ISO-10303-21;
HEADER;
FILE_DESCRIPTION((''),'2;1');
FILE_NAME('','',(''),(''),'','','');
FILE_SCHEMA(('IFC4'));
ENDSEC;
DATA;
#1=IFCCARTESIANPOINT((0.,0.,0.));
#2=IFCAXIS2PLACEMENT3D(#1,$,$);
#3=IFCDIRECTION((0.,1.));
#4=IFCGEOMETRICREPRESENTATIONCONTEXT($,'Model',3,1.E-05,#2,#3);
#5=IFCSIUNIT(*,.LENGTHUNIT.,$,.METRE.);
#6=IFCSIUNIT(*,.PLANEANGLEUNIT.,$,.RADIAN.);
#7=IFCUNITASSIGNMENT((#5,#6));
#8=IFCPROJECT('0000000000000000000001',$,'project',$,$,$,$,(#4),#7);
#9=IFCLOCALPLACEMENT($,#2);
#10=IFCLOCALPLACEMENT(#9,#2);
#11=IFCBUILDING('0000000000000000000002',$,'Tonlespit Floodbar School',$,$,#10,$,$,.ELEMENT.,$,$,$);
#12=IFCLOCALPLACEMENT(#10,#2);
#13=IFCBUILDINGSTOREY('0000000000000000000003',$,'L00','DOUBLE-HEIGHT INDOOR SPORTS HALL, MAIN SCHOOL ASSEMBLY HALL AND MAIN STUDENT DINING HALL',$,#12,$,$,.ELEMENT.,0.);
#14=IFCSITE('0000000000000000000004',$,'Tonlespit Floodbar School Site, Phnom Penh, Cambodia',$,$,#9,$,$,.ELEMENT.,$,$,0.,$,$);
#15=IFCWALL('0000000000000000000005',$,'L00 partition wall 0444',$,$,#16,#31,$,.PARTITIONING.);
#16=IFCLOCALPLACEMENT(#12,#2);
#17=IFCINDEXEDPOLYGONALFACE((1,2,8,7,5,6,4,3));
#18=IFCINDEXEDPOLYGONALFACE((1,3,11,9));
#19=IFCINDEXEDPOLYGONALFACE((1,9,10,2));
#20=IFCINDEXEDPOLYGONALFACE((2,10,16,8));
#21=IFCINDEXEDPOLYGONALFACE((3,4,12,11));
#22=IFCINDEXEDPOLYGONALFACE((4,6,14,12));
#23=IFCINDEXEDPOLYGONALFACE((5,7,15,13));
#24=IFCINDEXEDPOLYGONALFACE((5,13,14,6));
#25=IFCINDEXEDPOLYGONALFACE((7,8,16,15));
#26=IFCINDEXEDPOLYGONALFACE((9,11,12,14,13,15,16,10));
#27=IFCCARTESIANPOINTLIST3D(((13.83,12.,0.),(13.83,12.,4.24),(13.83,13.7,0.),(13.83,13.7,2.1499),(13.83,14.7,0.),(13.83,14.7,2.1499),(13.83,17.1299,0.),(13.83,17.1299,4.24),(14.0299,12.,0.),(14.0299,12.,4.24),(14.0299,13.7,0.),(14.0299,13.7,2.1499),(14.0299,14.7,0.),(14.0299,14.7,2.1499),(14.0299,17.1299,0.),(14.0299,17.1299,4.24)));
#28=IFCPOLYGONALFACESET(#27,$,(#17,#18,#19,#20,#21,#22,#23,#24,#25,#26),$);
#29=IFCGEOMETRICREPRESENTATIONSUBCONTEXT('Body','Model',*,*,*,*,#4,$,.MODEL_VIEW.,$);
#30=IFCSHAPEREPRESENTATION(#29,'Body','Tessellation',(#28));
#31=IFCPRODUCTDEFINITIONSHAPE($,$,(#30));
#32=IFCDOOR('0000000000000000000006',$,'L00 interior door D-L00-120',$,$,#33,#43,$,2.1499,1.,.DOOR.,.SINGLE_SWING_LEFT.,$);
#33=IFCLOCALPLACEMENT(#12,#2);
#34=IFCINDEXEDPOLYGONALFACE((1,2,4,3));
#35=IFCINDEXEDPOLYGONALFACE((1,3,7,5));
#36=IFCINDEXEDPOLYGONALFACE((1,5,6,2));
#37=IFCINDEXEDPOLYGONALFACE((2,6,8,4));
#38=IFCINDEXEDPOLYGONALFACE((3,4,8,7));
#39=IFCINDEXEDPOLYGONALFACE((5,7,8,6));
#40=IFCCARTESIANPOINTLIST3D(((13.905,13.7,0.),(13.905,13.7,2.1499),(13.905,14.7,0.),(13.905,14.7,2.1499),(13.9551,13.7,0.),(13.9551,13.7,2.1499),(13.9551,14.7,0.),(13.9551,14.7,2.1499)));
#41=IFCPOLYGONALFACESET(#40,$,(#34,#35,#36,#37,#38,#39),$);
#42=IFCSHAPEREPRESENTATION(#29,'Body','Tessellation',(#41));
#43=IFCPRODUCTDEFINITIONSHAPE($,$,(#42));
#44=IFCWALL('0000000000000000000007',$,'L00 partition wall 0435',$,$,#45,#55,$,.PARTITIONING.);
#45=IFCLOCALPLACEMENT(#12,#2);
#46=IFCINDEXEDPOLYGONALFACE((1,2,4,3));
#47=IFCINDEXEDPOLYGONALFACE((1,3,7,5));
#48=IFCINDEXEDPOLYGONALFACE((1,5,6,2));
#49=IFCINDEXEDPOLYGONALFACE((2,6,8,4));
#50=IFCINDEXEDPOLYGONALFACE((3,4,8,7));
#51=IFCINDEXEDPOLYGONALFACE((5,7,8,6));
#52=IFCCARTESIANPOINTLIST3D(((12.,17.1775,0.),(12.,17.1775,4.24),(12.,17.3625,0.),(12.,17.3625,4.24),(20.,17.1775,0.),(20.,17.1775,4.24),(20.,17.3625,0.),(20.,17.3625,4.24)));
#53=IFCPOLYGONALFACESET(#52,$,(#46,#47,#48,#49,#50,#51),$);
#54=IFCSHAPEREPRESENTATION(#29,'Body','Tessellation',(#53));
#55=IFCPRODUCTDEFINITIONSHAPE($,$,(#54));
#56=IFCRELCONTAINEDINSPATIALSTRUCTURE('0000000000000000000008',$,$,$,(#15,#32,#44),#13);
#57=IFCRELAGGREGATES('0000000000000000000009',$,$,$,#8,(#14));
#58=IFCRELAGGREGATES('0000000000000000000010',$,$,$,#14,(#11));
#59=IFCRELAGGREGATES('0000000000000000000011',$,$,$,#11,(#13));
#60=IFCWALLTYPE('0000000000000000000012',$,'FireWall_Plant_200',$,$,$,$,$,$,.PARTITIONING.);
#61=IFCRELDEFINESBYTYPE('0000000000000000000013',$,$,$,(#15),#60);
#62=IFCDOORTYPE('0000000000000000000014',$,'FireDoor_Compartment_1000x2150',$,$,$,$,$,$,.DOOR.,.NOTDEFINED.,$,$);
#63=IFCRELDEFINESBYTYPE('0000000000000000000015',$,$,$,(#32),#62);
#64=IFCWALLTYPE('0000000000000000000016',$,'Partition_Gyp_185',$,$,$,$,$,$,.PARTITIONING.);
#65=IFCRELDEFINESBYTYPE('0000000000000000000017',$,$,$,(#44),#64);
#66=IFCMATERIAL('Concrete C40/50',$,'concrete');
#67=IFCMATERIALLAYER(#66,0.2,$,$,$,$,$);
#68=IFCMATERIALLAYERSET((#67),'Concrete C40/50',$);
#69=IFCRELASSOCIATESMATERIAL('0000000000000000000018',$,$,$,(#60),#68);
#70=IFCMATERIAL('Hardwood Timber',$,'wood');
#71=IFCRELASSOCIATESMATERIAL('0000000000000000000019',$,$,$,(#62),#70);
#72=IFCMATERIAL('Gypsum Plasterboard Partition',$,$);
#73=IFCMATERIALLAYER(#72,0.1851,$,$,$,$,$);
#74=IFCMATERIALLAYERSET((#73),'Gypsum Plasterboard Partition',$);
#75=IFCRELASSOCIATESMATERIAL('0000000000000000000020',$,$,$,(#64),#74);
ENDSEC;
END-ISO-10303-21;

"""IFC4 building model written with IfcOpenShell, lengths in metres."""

from ifc_helpers import new_model, si_unit, direction, frame, frame_2d, origin, place, context, subcontext, project, spatial, rectangle, extrude, material, layer, layer_set, type_object, element, fill, save


model = new_model("IFC4")

# Units and contexts
model_context = context("Model", 3, precision=1e-05, world=origin(), true_north=direction((0.0, 1.0)))
body_context = subcontext(model_context, "Body", "Model", "MODEL_VIEW")
ifc_project = project(units=[si_unit("LENGTHUNIT", "METRE"), si_unit("PLANEANGLEUNIT", "RADIAN")], contexts=[model_context])

# Site, building, storey
site_placement = place(None, origin())
site = spatial("IfcSite", under=ifc_project, at=site_placement, Name="Tonlespit Floodbar School Site, Phnom Penh, Cambodia", CompositionType="ELEMENT", RefElevation=0.0)
building_placement = place(site_placement, origin())
building = spatial("IfcBuilding", under=site, at=building_placement, Name="Tonlespit Floodbar School", CompositionType="ELEMENT")
storey_placement = place(building_placement, origin())
storey = spatial("IfcBuildingStorey", under=building, at=storey_placement, Name="L00", Description="DOUBLE-HEIGHT INDOOR SPORTS HALL, MAIN SCHOOL ASSEMBLY HALL AND MAIN STUDENT DINING HALL", CompositionType="ELEMENT", Elevation=0.0)

# Shared definitions
ifc_material_1 = material(Name="Concrete C40/50", Category="concrete")

# Shared definitions
ifc_layer_1 = layer(ifc_material_1, 0.2)
ifc_layer_set_1 = layer_set([ifc_layer_1], Name="Concrete C40/50")
wall_type_1 = type_object("IfcWallType", Name="FireWall_Plant_200", PredefinedType="PARTITIONING", material=ifc_layer_set_1)

# Wall, opening, door
wall_1_placement = place(storey_placement, frame((13.9299, 12.0, 0.0), z_axis=(0.0, 0.0, 1.0), x_axis=(0.0, 1.0, 0.0)))
wall_1 = element("IfcWall", 1, at=wall_1_placement, inside=storey, type_object=wall_type_1, Name="L00 partition wall 0444", PredefinedType="PARTITIONING", context=body_context, shape_type="SweptSolid", body=[
    extrude(rectangle(XDim=5.1299, YDim=0.2, at=frame_2d((2.5649, 0.0))), origin(), (0.0, 0.0, 1.0), 4.24),
])
opening_placement = place(wall_1_placement, frame((1.7, 0.0, 0.0)))
opening = element("IfcOpeningElement", 2, at=opening_placement, cuts=wall_1, PredefinedType="OPENING", context=body_context, shape_type="SweptSolid", body=[
    extrude(rectangle(XDim=1.0, YDim=2.1499, at=frame_2d((0.5, 1.075))), frame((0.0, 0.1099, 0.0), z_axis=(0.0, -1.0, 0.0), x_axis=(1.0, 0.0, 0.0)), (0.0, 0.0, 1.0), 0.22),
])
ifc_material_2 = material(Name="Hardwood Timber", Category="wood")
door_type = type_object("IfcDoorType", Name="FireDoor_Compartment_1000x2150", OperationType="NOTDEFINED", PredefinedType="DOOR", material=ifc_material_2)
door_placement = place(opening_placement, origin())
door = element("IfcDoor", 3, at=door_placement, inside=storey, type_object=door_type, Name="L00 interior door D-L00-120", OperationType="SINGLE_SWING_LEFT", OverallHeight=2.1499, OverallWidth=1.0, PredefinedType="DOOR", context=body_context, shape_type="SweptSolid", body=[
    extrude(rectangle(XDim=1.0, YDim=2.1499, at=frame_2d((0.5, 1.075))), frame((0.0, 0.0249, 0.0), z_axis=(0.0, -1.0, 0.0), x_axis=(1.0, 0.0, 0.0)), (0.0, 0.0, 1.0), 0.05),
])
fill(opening, door)

# Wall
ifc_material_3 = material(Name="Gypsum Plasterboard Partition")
ifc_layer_2 = layer(ifc_material_3, 0.1851)
ifc_layer_set_2 = layer_set([ifc_layer_2], Name="Gypsum Plasterboard Partition")
wall_type_2 = type_object("IfcWallType", Name="Partition_Gyp_185", PredefinedType="PARTITIONING", material=ifc_layer_set_2)
wall_2_placement = place(storey_placement, frame((12.0, 17.27, 0.0), z_axis=(0.0, 0.0, 1.0), x_axis=(1.0, 0.0, 0.0)))
element("IfcWall", 4, at=wall_2_placement, inside=storey, type_object=wall_type_2, Name="L00 partition wall 0435", PredefinedType="PARTITIONING", context=body_context, shape_type="SweptSolid", body=[
    extrude(rectangle(XDim=8.0, YDim=0.1851, at=frame_2d((4.0, 0.0))), origin(), (0.0, 0.0, 1.0), 4.24),
])

save(model, "model.ifc")
